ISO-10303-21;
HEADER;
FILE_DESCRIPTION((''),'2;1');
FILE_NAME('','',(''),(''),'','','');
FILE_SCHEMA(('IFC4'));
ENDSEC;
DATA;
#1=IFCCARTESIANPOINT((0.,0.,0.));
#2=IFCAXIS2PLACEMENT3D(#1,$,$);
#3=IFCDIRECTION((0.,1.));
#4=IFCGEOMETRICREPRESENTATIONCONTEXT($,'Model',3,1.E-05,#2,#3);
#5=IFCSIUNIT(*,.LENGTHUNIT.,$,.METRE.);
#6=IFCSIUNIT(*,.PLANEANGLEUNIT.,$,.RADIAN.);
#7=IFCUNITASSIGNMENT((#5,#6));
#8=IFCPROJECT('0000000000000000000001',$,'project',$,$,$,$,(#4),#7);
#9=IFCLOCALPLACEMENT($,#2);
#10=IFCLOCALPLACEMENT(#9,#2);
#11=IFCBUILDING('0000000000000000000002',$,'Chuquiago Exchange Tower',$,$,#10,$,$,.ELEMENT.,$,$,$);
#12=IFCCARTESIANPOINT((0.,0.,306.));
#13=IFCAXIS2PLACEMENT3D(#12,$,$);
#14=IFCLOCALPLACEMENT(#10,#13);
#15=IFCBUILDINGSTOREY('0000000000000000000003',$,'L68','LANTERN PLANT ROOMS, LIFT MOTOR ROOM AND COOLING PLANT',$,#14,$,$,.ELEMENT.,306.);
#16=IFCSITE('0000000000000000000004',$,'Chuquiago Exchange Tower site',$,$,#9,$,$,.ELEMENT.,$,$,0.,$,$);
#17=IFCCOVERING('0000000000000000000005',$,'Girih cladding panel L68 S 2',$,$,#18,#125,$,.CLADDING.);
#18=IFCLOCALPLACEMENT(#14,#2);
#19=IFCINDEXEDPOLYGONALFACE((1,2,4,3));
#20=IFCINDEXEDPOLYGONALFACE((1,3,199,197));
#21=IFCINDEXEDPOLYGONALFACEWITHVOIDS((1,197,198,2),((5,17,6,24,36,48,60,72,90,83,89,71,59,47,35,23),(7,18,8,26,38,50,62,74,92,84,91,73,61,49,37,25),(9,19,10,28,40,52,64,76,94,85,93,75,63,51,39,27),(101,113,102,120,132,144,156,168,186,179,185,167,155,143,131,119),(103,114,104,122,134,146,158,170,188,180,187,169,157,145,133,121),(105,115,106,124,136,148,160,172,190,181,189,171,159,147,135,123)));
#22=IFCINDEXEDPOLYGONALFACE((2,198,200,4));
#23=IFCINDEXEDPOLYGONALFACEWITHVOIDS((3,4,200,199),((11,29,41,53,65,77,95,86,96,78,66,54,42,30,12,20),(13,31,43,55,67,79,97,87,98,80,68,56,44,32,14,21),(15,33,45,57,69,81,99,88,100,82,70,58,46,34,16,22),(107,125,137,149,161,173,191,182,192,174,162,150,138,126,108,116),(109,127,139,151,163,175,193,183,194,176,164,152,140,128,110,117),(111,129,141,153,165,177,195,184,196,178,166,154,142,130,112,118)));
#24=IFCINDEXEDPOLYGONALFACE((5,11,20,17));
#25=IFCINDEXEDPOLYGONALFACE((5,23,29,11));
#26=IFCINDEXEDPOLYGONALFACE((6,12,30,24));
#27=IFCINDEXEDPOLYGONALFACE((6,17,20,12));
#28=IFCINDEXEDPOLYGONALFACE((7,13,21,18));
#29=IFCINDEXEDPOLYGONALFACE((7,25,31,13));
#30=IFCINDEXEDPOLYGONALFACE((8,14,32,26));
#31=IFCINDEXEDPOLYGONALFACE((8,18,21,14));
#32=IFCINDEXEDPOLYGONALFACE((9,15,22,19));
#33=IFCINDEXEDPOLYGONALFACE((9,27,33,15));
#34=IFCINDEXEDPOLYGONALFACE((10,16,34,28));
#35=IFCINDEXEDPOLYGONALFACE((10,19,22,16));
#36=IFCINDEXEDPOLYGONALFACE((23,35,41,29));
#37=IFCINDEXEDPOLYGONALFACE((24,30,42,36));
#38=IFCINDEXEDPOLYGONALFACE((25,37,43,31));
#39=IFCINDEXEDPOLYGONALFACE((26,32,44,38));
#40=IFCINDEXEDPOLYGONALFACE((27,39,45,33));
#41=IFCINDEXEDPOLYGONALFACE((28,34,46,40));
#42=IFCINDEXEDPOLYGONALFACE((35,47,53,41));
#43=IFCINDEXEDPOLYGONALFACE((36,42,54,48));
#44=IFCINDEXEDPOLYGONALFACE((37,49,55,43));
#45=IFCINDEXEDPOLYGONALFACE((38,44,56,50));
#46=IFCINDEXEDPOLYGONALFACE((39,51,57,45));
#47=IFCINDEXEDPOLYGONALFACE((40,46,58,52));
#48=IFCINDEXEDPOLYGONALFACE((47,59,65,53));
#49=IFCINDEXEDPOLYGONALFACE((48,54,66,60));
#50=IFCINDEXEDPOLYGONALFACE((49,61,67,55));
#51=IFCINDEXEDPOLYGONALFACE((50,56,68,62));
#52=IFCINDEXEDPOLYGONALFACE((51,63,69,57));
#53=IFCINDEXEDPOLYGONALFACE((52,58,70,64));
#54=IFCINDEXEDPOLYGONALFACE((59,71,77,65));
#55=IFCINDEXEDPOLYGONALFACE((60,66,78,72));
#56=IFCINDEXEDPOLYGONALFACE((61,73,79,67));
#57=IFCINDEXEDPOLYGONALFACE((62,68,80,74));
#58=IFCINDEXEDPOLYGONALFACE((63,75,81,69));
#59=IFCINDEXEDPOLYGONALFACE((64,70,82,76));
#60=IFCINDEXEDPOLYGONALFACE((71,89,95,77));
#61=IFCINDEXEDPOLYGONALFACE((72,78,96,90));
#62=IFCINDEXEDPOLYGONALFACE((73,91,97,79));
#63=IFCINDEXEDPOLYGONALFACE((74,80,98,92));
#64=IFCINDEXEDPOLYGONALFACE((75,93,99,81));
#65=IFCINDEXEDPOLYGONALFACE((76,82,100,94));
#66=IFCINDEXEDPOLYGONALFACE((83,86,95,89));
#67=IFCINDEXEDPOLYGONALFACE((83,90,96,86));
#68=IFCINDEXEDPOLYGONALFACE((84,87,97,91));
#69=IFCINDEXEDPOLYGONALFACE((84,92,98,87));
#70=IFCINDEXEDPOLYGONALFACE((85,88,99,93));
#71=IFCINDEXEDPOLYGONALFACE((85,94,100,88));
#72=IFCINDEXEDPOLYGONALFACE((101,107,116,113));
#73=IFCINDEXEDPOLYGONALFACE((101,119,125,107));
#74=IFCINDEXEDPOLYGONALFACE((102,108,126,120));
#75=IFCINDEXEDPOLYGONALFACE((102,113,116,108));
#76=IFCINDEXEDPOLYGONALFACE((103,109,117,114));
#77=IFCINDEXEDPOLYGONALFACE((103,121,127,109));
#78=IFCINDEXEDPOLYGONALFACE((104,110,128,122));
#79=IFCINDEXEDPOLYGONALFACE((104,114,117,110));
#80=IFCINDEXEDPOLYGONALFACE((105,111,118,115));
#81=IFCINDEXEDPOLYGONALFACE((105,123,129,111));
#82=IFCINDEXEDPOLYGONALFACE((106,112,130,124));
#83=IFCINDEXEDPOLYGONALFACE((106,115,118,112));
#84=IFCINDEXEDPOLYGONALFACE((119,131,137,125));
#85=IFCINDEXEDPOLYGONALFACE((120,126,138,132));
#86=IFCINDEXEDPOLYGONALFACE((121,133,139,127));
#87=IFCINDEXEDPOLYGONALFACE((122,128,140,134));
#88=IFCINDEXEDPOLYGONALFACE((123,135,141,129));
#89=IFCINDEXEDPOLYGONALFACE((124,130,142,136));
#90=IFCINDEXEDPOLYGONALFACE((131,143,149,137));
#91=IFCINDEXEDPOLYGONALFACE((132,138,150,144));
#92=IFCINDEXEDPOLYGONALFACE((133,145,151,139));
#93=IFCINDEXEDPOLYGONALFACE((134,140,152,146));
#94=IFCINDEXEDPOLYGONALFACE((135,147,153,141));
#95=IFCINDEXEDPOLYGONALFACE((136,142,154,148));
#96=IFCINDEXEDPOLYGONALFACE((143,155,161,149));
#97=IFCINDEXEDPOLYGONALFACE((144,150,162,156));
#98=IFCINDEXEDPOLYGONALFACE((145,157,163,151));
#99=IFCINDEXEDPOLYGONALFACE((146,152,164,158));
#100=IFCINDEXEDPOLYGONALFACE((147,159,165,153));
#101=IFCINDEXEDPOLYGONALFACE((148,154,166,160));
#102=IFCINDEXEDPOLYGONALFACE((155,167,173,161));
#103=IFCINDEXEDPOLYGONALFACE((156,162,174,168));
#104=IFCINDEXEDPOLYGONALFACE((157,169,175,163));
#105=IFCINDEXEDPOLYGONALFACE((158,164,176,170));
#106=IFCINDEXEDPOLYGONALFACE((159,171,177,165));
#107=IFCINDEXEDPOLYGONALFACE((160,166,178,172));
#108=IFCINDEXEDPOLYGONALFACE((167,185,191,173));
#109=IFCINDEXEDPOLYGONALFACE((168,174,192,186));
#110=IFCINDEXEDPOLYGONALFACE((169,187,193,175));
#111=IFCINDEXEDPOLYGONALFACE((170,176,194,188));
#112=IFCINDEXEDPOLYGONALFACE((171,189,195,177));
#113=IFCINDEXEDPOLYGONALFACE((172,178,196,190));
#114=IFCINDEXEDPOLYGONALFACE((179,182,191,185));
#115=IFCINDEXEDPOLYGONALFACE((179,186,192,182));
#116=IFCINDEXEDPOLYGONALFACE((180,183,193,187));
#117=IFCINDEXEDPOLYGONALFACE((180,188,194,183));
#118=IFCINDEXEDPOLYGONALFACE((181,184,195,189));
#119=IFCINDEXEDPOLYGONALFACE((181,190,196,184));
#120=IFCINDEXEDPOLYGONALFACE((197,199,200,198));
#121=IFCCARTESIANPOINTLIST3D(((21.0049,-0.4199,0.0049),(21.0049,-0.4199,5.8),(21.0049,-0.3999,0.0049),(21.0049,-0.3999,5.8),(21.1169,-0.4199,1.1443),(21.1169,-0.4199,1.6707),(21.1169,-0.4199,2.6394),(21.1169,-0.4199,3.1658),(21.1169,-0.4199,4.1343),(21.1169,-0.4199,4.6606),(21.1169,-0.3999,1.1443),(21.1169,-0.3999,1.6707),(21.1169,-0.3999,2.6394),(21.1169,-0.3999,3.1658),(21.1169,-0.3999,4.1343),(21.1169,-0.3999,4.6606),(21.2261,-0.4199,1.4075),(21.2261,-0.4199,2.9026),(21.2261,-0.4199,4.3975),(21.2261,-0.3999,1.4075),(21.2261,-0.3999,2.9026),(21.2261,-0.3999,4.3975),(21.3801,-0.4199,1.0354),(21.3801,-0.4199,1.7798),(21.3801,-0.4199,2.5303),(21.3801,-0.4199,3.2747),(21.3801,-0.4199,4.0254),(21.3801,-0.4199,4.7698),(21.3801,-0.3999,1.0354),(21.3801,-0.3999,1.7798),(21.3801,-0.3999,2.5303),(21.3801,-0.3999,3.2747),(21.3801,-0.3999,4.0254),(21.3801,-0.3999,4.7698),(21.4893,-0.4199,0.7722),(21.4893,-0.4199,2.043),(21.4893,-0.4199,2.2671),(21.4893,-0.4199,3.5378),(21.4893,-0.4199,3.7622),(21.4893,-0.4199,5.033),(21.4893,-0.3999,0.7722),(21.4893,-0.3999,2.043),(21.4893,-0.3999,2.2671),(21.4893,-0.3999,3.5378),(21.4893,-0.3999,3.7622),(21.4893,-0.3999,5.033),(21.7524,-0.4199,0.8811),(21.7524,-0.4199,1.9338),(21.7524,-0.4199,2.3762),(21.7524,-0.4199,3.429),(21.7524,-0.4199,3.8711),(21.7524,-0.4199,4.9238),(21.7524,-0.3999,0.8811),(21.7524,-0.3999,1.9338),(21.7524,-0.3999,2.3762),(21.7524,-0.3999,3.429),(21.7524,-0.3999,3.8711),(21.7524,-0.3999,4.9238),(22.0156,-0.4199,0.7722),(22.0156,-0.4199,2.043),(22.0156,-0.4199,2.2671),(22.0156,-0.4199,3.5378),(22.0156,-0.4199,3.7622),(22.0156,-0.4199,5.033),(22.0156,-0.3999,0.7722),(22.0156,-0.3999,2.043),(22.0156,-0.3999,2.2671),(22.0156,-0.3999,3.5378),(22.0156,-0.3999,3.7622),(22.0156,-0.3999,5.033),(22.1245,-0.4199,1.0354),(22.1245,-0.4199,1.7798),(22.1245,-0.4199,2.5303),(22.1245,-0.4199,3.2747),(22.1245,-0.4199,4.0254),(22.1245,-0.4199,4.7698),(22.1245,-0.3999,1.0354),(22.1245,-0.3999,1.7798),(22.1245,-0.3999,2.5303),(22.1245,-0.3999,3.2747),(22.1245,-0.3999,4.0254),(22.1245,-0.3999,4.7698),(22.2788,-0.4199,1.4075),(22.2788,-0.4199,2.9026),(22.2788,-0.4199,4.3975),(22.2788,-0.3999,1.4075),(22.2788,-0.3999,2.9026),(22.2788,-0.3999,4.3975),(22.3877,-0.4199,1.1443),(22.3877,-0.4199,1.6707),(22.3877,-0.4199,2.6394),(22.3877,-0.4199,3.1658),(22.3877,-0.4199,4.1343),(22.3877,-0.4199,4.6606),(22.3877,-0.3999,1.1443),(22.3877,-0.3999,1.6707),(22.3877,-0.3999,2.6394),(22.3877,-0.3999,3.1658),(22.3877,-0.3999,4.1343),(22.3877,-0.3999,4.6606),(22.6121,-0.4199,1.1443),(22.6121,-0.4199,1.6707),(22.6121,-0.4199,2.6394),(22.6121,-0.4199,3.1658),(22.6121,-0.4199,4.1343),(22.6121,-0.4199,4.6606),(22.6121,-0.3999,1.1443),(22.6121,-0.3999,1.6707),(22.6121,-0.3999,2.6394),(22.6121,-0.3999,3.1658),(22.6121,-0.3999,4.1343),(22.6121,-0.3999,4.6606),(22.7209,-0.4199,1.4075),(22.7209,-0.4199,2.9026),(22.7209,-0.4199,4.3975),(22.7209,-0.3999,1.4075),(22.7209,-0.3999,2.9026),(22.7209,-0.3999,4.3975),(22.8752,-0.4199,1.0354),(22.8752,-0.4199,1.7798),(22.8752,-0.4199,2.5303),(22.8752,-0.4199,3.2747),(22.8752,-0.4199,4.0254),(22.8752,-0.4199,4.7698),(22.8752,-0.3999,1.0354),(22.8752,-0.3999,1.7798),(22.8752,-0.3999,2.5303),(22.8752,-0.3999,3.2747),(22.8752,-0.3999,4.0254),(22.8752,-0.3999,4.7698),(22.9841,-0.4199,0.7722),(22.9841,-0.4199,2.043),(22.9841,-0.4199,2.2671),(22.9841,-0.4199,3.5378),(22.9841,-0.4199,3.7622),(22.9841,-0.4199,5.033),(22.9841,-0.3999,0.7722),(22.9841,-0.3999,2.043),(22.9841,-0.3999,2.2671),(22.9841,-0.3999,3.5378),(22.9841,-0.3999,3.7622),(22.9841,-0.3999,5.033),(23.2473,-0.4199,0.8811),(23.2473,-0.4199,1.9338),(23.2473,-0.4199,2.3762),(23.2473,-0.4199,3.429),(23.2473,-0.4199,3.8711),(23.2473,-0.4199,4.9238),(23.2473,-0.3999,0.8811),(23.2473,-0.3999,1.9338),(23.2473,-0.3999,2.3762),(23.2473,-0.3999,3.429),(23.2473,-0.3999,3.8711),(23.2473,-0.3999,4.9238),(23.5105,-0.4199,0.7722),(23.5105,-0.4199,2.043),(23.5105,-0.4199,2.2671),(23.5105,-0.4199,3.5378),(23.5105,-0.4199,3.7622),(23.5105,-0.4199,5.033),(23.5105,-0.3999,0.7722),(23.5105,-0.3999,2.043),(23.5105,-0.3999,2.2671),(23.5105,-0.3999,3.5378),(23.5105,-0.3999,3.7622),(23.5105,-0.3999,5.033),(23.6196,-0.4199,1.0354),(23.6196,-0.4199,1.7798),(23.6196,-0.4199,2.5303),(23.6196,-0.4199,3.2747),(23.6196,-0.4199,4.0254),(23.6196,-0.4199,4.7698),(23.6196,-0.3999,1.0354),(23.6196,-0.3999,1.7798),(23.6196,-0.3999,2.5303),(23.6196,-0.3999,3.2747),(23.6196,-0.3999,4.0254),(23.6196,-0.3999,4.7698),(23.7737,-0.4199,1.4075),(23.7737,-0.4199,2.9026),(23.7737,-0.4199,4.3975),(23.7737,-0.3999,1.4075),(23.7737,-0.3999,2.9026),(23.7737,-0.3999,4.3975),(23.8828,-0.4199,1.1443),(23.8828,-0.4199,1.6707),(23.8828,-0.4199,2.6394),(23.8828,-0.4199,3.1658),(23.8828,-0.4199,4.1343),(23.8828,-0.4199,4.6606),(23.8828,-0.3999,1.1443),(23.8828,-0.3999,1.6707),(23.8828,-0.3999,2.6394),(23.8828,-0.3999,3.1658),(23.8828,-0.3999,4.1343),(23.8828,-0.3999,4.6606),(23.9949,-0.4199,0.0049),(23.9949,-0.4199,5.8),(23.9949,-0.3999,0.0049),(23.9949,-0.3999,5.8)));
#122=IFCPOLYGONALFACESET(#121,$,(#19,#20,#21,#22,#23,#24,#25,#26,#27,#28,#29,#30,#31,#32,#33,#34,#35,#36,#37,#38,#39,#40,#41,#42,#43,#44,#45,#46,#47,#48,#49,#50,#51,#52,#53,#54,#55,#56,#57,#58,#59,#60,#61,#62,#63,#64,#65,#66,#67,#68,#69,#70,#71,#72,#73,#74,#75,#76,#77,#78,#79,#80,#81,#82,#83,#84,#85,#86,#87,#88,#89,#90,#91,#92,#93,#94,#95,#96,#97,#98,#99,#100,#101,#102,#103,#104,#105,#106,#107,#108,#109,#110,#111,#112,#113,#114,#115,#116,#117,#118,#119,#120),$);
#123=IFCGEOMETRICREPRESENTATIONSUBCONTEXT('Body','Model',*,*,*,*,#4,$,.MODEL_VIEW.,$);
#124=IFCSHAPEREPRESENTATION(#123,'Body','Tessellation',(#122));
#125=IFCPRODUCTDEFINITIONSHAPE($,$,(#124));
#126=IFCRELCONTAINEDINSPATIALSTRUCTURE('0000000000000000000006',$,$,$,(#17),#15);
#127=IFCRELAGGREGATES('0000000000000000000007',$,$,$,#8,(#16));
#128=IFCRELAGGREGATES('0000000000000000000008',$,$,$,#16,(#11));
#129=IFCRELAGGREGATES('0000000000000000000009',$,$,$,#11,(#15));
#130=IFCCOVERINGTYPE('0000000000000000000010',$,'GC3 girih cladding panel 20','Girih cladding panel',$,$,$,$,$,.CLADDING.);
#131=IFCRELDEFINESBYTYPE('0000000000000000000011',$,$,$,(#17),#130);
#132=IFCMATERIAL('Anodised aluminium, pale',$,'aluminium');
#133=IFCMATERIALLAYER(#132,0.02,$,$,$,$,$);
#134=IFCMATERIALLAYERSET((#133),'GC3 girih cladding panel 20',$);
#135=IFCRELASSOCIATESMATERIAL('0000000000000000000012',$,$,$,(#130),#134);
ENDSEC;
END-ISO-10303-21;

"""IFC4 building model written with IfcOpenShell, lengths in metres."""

from ifc_helpers import new_model, si_unit, direction, frame, origin, place, context, subcontext, project, spatial, polyline, outline, extrude, material, layer, layer_set, type_object, element, save


model = new_model("IFC4")

# Units and contexts
model_context = context("Model", 3, precision=1e-05, world=origin(), true_north=direction((0.0, 1.0)))
body_context = subcontext(model_context, "Body", "Model", "MODEL_VIEW")
ifc_project = project(units=[si_unit("LENGTHUNIT", "METRE"), si_unit("PLANEANGLEUNIT", "RADIAN")], contexts=[model_context])

# Site, building, storey
site_placement = place(None, origin())
site = spatial("IfcSite", under=ifc_project, at=site_placement, Name="Chuquiago Exchange Tower site", CompositionType="ELEMENT", RefElevation=0.0)
building_placement = place(site_placement, origin())
building = spatial("IfcBuilding", under=site, at=building_placement, Name="Chuquiago Exchange Tower", CompositionType="ELEMENT")
storey_placement = place(building_placement, frame((0.0, 0.0, 306.0)))
storey = spatial("IfcBuildingStorey", under=building, at=storey_placement, Name="L68", Description="LANTERN PLANT ROOMS, LIFT MOTOR ROOM AND COOLING PLANT", CompositionType="ELEMENT", Elevation=306.0)

# Covering
ifc_material_1 = material(Name="Anodised aluminium, pale", Category="aluminium")
ifc_layer_1 = layer(ifc_material_1, 0.02)
ifc_layer_set_1 = layer_set([ifc_layer_1], Name="GC3 girih cladding panel 20")
covering_type_1 = type_object("IfcCoveringType", Name="GC3 girih cladding panel 20", Description="Girih cladding panel", PredefinedType="CLADDING", material=ifc_layer_set_1)
covering_1_placement = place(storey_placement, frame((21.0049, -0.3999, 0.0049), z_axis=(0.0, 0.0, 1.0), x_axis=(1.0, 0.0, 0.0)))
element("IfcCovering", 1, at=covering_1_placement, inside=storey, type_object=covering_type_1, Name="Girih cladding panel L68 S 2", PredefinedType="CLADDING", context=body_context, shape_type="SweptSolid", body=[
    extrude(outline(polyline([(0.0, 0.0), (2.99, 0.0), (2.99, 5.7952), (0.0, 5.7952), (0.0, 0.0)]), holes=[polyline([(1.2739, 1.4026), (1.3828, 1.6658), (1.1196, 1.7749), (1.0107, 2.0381), (0.7476, 1.929), (0.4844, 2.0381), (0.3752, 1.7749), (0.1121, 1.6658), (0.2212, 1.4026), (0.1121, 1.1394), (0.3752, 1.0305), (0.4844, 0.7673), (0.7476, 0.8762), (1.0107, 0.7673), (1.1196, 1.0305), (1.3828, 1.1394), (1.2739, 1.4026)]), polyline([(2.7688, 1.4026), (2.8779, 1.6658), (2.6147, 1.7749), (2.5056, 2.0381), (2.2424, 1.929), (1.9792, 2.0381), (1.8704, 1.7749), (1.6072, 1.6658), (1.7161, 1.4026), (1.6072, 1.1394), (1.8704, 1.0305), (1.9792, 0.7673), (2.2424, 0.8762), (2.5056, 0.7673), (2.6147, 1.0305), (2.8779, 1.1394), (2.7688, 1.4026)]), polyline([(1.2739, 2.8977), (1.3828, 3.1609), (1.1196, 3.2698), (1.0107, 3.533), (0.7476, 3.4241), (0.4844, 3.533), (0.3752, 3.2698), (0.1121, 3.1609), (0.2212, 2.8977), (0.1121, 2.6345), (0.3752, 2.5254), (0.4844, 2.2622), (0.7476, 2.3713), (1.0107, 2.2622), (1.1196, 2.5254), (1.3828, 2.6345), (1.2739, 2.8977)]), polyline([(2.7688, 2.8977), (2.8779, 3.1609), (2.6147, 3.2698), (2.5056, 3.533), (2.2424, 3.4241), (1.9792, 3.533), (1.8704, 3.2698), (1.6072, 3.1609), (1.7161, 2.8977), (1.6072, 2.6345), (1.8704, 2.5254), (1.9792, 2.2622), (2.2424, 2.3713), (2.5056, 2.2622), (2.6147, 2.5254), (2.8779, 2.6345), (2.7688, 2.8977)]), polyline([(1.2739, 4.3926), (1.3828, 4.6558), (1.1196, 4.7649), (1.0107, 5.0281), (0.7476, 4.9189), (0.4844, 5.0281), (0.3752, 4.7649), (0.1121, 4.6558), (0.2212, 4.3926), (0.1121, 4.1294), (0.3752, 4.0205), (0.4844, 3.7573), (0.7476, 3.8662), (1.0107, 3.7573), (1.1196, 4.0205), (1.3828, 4.1294), (1.2739, 4.3926)]), polyline([(2.7688, 4.3926), (2.8779, 4.6558), (2.6147, 4.7649), (2.5056, 5.0281), (2.2424, 4.9189), (1.9792, 5.0281), (1.8704, 4.7649), (1.6072, 4.6558), (1.7161, 4.3926), (1.6072, 4.1294), (1.8704, 4.0205), (1.9792, 3.7573), (2.2424, 3.8662), (2.5056, 3.7573), (2.6147, 4.0205), (2.8779, 4.1294), (2.7688, 4.3926)])]), frame((0.0, 0.0, 0.0), z_axis=(0.0, -1.0, 0.0), x_axis=(1.0, 0.0, 0.0)), (0.0, 0.0, 1.0), 0.02),
])

save(model, "model.ifc")
